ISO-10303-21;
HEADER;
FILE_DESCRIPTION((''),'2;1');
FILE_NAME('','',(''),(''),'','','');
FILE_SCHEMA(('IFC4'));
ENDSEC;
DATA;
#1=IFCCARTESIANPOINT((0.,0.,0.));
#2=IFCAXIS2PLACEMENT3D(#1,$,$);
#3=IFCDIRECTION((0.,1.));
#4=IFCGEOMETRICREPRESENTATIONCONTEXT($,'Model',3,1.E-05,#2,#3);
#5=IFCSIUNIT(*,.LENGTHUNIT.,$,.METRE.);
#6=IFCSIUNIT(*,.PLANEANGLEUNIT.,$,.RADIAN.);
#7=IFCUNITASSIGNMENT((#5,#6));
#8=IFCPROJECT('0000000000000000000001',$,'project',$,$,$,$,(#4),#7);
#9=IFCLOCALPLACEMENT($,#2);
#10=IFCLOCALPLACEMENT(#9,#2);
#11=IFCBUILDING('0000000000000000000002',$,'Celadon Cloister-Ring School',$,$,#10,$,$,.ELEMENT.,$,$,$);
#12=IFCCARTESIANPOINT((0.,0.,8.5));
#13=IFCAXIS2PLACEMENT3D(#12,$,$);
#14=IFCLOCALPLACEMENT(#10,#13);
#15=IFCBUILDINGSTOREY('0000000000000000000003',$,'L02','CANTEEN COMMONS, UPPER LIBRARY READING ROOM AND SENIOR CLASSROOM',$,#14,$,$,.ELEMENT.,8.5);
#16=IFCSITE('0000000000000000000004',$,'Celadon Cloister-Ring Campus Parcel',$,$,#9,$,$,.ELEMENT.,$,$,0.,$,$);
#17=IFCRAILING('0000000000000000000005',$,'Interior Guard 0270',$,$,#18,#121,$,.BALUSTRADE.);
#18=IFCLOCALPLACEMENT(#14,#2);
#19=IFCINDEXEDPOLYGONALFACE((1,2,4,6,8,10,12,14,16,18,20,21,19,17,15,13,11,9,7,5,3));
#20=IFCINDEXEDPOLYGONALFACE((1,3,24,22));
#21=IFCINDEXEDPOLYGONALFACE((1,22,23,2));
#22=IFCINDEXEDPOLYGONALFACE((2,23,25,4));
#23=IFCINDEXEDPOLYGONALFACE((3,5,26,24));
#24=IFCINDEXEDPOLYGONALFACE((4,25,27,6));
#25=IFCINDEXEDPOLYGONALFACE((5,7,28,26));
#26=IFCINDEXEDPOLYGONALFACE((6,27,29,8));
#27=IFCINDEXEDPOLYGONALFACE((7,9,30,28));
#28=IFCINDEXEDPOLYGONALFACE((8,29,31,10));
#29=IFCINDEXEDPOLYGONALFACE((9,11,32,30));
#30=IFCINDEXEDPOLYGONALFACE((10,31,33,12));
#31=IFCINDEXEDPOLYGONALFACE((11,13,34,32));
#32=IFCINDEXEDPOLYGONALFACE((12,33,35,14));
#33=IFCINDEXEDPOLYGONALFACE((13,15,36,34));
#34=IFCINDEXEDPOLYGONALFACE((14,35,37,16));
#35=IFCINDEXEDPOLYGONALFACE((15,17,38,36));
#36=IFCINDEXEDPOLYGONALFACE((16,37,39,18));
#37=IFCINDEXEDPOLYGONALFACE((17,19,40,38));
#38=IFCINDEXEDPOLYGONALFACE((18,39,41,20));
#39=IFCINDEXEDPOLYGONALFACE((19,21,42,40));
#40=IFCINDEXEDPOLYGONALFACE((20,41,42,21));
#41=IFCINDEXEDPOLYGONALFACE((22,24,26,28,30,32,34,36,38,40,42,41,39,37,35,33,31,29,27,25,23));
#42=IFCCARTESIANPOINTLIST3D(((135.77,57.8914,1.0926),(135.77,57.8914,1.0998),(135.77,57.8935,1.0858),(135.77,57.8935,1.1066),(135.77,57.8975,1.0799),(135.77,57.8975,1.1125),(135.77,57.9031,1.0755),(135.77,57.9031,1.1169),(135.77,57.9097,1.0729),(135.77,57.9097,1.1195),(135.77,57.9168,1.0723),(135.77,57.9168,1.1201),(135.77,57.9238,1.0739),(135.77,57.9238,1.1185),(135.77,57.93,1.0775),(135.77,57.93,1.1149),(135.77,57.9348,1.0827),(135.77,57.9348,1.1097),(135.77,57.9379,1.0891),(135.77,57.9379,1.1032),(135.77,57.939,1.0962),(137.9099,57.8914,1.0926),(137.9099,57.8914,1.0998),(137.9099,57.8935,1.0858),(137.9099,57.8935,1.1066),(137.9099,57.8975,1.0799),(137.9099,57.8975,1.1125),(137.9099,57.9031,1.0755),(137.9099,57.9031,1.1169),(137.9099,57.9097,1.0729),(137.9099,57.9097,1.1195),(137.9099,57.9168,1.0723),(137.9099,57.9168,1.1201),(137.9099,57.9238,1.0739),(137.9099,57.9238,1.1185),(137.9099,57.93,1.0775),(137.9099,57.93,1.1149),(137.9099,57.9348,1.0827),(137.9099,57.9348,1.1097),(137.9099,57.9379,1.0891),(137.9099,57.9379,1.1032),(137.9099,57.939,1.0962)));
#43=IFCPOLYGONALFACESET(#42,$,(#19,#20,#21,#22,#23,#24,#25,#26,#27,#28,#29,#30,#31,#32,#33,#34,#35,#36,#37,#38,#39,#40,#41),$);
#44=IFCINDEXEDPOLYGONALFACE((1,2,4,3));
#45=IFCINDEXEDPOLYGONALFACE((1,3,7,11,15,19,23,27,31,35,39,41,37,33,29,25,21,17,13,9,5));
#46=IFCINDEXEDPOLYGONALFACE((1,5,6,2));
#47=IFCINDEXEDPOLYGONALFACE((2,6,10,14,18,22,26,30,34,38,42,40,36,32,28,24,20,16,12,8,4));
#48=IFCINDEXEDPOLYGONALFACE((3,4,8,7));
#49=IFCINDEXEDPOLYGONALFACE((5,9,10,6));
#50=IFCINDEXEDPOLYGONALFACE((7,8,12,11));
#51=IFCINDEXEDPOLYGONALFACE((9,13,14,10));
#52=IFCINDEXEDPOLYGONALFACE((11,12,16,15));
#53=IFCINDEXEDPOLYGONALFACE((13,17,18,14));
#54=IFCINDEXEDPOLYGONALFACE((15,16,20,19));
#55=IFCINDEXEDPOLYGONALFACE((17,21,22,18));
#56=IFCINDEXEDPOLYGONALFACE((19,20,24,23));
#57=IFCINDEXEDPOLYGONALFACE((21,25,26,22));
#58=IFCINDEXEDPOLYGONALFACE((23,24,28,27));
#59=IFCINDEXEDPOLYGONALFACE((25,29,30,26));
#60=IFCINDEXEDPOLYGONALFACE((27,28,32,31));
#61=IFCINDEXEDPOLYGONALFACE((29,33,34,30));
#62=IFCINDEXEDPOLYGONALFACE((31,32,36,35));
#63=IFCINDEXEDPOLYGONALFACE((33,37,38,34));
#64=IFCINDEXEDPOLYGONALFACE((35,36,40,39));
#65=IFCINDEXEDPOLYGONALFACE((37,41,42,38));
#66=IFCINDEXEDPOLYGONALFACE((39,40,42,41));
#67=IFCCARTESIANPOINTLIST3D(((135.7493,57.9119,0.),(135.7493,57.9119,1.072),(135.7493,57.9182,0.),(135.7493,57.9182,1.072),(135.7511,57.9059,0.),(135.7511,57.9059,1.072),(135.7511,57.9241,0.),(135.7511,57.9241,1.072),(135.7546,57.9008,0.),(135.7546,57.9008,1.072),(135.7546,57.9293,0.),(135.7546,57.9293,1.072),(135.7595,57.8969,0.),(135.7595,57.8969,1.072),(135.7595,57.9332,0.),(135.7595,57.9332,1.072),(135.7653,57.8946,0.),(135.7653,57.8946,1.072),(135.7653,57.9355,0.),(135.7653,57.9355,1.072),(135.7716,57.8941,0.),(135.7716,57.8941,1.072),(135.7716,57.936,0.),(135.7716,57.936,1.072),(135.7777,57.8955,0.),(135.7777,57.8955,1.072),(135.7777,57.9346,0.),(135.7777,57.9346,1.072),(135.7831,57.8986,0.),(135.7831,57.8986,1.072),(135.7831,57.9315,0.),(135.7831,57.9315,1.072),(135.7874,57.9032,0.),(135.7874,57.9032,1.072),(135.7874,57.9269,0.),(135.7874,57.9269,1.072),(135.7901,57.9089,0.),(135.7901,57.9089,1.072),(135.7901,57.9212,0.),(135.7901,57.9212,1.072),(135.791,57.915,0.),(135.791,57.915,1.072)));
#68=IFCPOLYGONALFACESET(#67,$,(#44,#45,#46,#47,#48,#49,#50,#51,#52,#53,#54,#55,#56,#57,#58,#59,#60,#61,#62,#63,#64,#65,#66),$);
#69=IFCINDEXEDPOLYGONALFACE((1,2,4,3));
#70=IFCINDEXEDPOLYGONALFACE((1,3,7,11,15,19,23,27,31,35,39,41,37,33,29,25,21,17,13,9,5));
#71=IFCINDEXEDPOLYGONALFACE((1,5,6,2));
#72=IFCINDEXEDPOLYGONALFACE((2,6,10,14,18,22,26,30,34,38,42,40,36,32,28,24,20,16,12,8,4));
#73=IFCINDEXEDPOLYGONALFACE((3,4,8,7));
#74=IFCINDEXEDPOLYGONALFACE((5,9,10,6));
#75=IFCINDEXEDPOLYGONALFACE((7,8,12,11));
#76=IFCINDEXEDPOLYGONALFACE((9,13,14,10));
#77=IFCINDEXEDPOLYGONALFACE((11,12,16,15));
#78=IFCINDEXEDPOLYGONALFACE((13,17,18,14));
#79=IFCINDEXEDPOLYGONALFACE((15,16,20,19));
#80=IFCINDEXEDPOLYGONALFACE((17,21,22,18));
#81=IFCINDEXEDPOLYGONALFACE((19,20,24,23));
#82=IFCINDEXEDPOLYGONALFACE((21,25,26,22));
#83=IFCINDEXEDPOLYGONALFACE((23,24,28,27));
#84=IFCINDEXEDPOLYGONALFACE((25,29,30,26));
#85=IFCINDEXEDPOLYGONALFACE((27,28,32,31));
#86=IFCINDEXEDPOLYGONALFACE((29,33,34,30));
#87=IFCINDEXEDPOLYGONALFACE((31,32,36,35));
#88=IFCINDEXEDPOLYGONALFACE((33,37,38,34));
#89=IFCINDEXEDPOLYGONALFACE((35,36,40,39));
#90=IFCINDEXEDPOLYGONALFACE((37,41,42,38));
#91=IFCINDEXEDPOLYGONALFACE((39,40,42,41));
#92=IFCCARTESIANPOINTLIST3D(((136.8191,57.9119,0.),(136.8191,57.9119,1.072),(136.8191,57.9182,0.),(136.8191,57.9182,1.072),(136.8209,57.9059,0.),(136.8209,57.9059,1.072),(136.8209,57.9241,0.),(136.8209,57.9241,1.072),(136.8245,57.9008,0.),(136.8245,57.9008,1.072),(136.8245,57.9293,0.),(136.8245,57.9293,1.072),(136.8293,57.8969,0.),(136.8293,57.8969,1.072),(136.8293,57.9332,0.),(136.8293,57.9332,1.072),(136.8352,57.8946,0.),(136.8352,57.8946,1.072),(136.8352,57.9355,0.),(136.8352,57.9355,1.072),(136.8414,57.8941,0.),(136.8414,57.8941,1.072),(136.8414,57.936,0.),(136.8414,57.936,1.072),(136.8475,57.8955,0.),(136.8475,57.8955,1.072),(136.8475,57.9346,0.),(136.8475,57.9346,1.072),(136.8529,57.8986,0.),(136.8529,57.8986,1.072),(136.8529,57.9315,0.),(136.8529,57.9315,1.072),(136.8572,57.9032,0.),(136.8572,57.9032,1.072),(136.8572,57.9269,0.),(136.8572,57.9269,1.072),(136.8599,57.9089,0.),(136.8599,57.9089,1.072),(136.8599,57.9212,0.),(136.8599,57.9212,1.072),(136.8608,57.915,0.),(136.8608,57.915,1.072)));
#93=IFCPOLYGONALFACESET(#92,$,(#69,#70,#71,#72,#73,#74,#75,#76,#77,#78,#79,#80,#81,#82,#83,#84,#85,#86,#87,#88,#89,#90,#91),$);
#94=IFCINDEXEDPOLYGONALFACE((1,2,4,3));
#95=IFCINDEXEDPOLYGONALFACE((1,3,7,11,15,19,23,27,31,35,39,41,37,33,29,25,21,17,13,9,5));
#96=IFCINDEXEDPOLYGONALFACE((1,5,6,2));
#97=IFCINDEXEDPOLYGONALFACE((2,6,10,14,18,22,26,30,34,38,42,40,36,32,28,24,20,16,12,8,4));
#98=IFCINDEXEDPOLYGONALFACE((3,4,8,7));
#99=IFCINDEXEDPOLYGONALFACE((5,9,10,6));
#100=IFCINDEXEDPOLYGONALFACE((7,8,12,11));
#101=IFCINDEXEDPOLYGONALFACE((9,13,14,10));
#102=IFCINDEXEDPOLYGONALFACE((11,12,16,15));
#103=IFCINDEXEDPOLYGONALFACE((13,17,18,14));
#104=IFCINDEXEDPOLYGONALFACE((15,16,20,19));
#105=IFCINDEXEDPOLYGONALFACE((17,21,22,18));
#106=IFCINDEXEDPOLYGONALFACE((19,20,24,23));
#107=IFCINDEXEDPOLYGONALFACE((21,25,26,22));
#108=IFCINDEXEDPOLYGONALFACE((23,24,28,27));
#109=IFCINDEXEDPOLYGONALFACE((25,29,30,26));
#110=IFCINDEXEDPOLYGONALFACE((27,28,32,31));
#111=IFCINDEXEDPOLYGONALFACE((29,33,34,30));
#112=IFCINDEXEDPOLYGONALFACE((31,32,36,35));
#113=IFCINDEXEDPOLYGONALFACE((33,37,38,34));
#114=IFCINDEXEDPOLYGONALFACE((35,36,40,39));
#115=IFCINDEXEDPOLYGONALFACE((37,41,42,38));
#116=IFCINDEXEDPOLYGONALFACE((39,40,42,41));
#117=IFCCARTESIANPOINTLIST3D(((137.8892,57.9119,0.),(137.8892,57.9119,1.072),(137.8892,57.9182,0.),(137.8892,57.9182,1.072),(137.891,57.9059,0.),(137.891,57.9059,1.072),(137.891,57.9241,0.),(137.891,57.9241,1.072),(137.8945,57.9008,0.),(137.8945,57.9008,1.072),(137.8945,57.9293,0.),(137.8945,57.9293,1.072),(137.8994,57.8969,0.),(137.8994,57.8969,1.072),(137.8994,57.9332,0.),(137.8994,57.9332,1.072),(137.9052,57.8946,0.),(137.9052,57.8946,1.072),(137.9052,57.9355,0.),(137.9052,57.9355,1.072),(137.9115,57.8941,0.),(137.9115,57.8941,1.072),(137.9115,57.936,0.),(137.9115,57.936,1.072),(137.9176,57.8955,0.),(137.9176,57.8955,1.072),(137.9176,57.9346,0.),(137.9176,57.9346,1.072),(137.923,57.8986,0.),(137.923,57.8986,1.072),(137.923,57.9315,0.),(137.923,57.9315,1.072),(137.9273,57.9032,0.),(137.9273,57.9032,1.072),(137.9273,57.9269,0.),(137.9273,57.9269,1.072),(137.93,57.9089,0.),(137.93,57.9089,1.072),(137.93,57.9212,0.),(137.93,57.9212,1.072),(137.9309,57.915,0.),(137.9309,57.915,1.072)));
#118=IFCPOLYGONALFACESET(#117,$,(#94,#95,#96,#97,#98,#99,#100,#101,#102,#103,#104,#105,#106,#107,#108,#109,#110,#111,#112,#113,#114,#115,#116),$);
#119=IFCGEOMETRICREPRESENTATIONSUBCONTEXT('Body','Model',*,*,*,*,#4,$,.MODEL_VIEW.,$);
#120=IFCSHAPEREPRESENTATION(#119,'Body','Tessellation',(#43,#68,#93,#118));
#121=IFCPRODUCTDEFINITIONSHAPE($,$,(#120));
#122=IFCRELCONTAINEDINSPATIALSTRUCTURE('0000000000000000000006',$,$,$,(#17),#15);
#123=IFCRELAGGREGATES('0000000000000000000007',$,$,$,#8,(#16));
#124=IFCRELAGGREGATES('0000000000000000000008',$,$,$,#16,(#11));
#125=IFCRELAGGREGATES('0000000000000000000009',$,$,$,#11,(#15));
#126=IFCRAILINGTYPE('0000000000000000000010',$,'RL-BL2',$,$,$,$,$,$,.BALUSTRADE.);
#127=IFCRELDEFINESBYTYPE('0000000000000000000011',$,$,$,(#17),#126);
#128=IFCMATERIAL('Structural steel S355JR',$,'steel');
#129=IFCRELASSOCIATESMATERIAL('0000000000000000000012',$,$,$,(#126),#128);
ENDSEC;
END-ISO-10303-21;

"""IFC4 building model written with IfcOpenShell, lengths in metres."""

from ifc_helpers import new_model, si_unit, direction, frame, origin, origin_2d, place, context, subcontext, project, spatial, circle, extrude, material, type_object, element, save


model = new_model("IFC4")

# Units and contexts
model_context = context("Model", 3, precision=1e-05, world=origin(), true_north=direction((0.0, 1.0)))
body_context = subcontext(model_context, "Body", "Model", "MODEL_VIEW")
ifc_project = project(units=[si_unit("LENGTHUNIT", "METRE"), si_unit("PLANEANGLEUNIT", "RADIAN")], contexts=[model_context])

# Site, building, storey
site_placement = place(None, origin())
site = spatial("IfcSite", under=ifc_project, at=site_placement, Name="Celadon Cloister-Ring Campus Parcel", CompositionType="ELEMENT", RefElevation=0.0)
building_placement = place(site_placement, origin())
building = spatial("IfcBuilding", under=site, at=building_placement, Name="Celadon Cloister-Ring School", CompositionType="ELEMENT")
storey_placement = place(building_placement, frame((0.0, 0.0, 8.5)))
storey = spatial("IfcBuildingStorey", under=building, at=storey_placement, Name="L02", Description="CANTEEN COMMONS, UPPER LIBRARY READING ROOM AND SENIOR CLASSROOM", CompositionType="ELEMENT", Elevation=8.5)

# Railing
ifc_material_1 = material(Name="Structural steel S355JR", Category="steel")
railing_type_1 = type_object("IfcRailingType", Name="RL-BL2", PredefinedType="BALUSTRADE", material=ifc_material_1)
railing_1_placement = place(storey_placement, frame((135.77, 57.915, 0.0)))
element("IfcRailing", 1, at=railing_1_placement, inside=storey, type_object=railing_type_1, Name="Interior Guard 0270", PredefinedType="BALUSTRADE", context=body_context, shape_type="SweptSolid", body=[
    extrude(circle(Radius=0.0239, at=origin_2d()), frame((0.0, 0.0, 1.0962), z_axis=(1.0, 0.0, 0.0), x_axis=(0.0, 1.0, 0.0)), (0.0, 0.0, 1.0), 2.1399),
    extrude(circle(Radius=0.021, at=origin_2d()), origin(), (0.0, 0.0, 1.0), 1.072),
    extrude(circle(Radius=0.021, at=origin_2d()), frame((1.0698, 0.0, 0.0)), (0.0, 0.0, 1.0), 1.072),
    extrude(circle(Radius=0.021, at=origin_2d()), frame((2.1399, 0.0, 0.0)), (0.0, 0.0, 1.0), 1.072),
])

save(model, "model.ifc")
